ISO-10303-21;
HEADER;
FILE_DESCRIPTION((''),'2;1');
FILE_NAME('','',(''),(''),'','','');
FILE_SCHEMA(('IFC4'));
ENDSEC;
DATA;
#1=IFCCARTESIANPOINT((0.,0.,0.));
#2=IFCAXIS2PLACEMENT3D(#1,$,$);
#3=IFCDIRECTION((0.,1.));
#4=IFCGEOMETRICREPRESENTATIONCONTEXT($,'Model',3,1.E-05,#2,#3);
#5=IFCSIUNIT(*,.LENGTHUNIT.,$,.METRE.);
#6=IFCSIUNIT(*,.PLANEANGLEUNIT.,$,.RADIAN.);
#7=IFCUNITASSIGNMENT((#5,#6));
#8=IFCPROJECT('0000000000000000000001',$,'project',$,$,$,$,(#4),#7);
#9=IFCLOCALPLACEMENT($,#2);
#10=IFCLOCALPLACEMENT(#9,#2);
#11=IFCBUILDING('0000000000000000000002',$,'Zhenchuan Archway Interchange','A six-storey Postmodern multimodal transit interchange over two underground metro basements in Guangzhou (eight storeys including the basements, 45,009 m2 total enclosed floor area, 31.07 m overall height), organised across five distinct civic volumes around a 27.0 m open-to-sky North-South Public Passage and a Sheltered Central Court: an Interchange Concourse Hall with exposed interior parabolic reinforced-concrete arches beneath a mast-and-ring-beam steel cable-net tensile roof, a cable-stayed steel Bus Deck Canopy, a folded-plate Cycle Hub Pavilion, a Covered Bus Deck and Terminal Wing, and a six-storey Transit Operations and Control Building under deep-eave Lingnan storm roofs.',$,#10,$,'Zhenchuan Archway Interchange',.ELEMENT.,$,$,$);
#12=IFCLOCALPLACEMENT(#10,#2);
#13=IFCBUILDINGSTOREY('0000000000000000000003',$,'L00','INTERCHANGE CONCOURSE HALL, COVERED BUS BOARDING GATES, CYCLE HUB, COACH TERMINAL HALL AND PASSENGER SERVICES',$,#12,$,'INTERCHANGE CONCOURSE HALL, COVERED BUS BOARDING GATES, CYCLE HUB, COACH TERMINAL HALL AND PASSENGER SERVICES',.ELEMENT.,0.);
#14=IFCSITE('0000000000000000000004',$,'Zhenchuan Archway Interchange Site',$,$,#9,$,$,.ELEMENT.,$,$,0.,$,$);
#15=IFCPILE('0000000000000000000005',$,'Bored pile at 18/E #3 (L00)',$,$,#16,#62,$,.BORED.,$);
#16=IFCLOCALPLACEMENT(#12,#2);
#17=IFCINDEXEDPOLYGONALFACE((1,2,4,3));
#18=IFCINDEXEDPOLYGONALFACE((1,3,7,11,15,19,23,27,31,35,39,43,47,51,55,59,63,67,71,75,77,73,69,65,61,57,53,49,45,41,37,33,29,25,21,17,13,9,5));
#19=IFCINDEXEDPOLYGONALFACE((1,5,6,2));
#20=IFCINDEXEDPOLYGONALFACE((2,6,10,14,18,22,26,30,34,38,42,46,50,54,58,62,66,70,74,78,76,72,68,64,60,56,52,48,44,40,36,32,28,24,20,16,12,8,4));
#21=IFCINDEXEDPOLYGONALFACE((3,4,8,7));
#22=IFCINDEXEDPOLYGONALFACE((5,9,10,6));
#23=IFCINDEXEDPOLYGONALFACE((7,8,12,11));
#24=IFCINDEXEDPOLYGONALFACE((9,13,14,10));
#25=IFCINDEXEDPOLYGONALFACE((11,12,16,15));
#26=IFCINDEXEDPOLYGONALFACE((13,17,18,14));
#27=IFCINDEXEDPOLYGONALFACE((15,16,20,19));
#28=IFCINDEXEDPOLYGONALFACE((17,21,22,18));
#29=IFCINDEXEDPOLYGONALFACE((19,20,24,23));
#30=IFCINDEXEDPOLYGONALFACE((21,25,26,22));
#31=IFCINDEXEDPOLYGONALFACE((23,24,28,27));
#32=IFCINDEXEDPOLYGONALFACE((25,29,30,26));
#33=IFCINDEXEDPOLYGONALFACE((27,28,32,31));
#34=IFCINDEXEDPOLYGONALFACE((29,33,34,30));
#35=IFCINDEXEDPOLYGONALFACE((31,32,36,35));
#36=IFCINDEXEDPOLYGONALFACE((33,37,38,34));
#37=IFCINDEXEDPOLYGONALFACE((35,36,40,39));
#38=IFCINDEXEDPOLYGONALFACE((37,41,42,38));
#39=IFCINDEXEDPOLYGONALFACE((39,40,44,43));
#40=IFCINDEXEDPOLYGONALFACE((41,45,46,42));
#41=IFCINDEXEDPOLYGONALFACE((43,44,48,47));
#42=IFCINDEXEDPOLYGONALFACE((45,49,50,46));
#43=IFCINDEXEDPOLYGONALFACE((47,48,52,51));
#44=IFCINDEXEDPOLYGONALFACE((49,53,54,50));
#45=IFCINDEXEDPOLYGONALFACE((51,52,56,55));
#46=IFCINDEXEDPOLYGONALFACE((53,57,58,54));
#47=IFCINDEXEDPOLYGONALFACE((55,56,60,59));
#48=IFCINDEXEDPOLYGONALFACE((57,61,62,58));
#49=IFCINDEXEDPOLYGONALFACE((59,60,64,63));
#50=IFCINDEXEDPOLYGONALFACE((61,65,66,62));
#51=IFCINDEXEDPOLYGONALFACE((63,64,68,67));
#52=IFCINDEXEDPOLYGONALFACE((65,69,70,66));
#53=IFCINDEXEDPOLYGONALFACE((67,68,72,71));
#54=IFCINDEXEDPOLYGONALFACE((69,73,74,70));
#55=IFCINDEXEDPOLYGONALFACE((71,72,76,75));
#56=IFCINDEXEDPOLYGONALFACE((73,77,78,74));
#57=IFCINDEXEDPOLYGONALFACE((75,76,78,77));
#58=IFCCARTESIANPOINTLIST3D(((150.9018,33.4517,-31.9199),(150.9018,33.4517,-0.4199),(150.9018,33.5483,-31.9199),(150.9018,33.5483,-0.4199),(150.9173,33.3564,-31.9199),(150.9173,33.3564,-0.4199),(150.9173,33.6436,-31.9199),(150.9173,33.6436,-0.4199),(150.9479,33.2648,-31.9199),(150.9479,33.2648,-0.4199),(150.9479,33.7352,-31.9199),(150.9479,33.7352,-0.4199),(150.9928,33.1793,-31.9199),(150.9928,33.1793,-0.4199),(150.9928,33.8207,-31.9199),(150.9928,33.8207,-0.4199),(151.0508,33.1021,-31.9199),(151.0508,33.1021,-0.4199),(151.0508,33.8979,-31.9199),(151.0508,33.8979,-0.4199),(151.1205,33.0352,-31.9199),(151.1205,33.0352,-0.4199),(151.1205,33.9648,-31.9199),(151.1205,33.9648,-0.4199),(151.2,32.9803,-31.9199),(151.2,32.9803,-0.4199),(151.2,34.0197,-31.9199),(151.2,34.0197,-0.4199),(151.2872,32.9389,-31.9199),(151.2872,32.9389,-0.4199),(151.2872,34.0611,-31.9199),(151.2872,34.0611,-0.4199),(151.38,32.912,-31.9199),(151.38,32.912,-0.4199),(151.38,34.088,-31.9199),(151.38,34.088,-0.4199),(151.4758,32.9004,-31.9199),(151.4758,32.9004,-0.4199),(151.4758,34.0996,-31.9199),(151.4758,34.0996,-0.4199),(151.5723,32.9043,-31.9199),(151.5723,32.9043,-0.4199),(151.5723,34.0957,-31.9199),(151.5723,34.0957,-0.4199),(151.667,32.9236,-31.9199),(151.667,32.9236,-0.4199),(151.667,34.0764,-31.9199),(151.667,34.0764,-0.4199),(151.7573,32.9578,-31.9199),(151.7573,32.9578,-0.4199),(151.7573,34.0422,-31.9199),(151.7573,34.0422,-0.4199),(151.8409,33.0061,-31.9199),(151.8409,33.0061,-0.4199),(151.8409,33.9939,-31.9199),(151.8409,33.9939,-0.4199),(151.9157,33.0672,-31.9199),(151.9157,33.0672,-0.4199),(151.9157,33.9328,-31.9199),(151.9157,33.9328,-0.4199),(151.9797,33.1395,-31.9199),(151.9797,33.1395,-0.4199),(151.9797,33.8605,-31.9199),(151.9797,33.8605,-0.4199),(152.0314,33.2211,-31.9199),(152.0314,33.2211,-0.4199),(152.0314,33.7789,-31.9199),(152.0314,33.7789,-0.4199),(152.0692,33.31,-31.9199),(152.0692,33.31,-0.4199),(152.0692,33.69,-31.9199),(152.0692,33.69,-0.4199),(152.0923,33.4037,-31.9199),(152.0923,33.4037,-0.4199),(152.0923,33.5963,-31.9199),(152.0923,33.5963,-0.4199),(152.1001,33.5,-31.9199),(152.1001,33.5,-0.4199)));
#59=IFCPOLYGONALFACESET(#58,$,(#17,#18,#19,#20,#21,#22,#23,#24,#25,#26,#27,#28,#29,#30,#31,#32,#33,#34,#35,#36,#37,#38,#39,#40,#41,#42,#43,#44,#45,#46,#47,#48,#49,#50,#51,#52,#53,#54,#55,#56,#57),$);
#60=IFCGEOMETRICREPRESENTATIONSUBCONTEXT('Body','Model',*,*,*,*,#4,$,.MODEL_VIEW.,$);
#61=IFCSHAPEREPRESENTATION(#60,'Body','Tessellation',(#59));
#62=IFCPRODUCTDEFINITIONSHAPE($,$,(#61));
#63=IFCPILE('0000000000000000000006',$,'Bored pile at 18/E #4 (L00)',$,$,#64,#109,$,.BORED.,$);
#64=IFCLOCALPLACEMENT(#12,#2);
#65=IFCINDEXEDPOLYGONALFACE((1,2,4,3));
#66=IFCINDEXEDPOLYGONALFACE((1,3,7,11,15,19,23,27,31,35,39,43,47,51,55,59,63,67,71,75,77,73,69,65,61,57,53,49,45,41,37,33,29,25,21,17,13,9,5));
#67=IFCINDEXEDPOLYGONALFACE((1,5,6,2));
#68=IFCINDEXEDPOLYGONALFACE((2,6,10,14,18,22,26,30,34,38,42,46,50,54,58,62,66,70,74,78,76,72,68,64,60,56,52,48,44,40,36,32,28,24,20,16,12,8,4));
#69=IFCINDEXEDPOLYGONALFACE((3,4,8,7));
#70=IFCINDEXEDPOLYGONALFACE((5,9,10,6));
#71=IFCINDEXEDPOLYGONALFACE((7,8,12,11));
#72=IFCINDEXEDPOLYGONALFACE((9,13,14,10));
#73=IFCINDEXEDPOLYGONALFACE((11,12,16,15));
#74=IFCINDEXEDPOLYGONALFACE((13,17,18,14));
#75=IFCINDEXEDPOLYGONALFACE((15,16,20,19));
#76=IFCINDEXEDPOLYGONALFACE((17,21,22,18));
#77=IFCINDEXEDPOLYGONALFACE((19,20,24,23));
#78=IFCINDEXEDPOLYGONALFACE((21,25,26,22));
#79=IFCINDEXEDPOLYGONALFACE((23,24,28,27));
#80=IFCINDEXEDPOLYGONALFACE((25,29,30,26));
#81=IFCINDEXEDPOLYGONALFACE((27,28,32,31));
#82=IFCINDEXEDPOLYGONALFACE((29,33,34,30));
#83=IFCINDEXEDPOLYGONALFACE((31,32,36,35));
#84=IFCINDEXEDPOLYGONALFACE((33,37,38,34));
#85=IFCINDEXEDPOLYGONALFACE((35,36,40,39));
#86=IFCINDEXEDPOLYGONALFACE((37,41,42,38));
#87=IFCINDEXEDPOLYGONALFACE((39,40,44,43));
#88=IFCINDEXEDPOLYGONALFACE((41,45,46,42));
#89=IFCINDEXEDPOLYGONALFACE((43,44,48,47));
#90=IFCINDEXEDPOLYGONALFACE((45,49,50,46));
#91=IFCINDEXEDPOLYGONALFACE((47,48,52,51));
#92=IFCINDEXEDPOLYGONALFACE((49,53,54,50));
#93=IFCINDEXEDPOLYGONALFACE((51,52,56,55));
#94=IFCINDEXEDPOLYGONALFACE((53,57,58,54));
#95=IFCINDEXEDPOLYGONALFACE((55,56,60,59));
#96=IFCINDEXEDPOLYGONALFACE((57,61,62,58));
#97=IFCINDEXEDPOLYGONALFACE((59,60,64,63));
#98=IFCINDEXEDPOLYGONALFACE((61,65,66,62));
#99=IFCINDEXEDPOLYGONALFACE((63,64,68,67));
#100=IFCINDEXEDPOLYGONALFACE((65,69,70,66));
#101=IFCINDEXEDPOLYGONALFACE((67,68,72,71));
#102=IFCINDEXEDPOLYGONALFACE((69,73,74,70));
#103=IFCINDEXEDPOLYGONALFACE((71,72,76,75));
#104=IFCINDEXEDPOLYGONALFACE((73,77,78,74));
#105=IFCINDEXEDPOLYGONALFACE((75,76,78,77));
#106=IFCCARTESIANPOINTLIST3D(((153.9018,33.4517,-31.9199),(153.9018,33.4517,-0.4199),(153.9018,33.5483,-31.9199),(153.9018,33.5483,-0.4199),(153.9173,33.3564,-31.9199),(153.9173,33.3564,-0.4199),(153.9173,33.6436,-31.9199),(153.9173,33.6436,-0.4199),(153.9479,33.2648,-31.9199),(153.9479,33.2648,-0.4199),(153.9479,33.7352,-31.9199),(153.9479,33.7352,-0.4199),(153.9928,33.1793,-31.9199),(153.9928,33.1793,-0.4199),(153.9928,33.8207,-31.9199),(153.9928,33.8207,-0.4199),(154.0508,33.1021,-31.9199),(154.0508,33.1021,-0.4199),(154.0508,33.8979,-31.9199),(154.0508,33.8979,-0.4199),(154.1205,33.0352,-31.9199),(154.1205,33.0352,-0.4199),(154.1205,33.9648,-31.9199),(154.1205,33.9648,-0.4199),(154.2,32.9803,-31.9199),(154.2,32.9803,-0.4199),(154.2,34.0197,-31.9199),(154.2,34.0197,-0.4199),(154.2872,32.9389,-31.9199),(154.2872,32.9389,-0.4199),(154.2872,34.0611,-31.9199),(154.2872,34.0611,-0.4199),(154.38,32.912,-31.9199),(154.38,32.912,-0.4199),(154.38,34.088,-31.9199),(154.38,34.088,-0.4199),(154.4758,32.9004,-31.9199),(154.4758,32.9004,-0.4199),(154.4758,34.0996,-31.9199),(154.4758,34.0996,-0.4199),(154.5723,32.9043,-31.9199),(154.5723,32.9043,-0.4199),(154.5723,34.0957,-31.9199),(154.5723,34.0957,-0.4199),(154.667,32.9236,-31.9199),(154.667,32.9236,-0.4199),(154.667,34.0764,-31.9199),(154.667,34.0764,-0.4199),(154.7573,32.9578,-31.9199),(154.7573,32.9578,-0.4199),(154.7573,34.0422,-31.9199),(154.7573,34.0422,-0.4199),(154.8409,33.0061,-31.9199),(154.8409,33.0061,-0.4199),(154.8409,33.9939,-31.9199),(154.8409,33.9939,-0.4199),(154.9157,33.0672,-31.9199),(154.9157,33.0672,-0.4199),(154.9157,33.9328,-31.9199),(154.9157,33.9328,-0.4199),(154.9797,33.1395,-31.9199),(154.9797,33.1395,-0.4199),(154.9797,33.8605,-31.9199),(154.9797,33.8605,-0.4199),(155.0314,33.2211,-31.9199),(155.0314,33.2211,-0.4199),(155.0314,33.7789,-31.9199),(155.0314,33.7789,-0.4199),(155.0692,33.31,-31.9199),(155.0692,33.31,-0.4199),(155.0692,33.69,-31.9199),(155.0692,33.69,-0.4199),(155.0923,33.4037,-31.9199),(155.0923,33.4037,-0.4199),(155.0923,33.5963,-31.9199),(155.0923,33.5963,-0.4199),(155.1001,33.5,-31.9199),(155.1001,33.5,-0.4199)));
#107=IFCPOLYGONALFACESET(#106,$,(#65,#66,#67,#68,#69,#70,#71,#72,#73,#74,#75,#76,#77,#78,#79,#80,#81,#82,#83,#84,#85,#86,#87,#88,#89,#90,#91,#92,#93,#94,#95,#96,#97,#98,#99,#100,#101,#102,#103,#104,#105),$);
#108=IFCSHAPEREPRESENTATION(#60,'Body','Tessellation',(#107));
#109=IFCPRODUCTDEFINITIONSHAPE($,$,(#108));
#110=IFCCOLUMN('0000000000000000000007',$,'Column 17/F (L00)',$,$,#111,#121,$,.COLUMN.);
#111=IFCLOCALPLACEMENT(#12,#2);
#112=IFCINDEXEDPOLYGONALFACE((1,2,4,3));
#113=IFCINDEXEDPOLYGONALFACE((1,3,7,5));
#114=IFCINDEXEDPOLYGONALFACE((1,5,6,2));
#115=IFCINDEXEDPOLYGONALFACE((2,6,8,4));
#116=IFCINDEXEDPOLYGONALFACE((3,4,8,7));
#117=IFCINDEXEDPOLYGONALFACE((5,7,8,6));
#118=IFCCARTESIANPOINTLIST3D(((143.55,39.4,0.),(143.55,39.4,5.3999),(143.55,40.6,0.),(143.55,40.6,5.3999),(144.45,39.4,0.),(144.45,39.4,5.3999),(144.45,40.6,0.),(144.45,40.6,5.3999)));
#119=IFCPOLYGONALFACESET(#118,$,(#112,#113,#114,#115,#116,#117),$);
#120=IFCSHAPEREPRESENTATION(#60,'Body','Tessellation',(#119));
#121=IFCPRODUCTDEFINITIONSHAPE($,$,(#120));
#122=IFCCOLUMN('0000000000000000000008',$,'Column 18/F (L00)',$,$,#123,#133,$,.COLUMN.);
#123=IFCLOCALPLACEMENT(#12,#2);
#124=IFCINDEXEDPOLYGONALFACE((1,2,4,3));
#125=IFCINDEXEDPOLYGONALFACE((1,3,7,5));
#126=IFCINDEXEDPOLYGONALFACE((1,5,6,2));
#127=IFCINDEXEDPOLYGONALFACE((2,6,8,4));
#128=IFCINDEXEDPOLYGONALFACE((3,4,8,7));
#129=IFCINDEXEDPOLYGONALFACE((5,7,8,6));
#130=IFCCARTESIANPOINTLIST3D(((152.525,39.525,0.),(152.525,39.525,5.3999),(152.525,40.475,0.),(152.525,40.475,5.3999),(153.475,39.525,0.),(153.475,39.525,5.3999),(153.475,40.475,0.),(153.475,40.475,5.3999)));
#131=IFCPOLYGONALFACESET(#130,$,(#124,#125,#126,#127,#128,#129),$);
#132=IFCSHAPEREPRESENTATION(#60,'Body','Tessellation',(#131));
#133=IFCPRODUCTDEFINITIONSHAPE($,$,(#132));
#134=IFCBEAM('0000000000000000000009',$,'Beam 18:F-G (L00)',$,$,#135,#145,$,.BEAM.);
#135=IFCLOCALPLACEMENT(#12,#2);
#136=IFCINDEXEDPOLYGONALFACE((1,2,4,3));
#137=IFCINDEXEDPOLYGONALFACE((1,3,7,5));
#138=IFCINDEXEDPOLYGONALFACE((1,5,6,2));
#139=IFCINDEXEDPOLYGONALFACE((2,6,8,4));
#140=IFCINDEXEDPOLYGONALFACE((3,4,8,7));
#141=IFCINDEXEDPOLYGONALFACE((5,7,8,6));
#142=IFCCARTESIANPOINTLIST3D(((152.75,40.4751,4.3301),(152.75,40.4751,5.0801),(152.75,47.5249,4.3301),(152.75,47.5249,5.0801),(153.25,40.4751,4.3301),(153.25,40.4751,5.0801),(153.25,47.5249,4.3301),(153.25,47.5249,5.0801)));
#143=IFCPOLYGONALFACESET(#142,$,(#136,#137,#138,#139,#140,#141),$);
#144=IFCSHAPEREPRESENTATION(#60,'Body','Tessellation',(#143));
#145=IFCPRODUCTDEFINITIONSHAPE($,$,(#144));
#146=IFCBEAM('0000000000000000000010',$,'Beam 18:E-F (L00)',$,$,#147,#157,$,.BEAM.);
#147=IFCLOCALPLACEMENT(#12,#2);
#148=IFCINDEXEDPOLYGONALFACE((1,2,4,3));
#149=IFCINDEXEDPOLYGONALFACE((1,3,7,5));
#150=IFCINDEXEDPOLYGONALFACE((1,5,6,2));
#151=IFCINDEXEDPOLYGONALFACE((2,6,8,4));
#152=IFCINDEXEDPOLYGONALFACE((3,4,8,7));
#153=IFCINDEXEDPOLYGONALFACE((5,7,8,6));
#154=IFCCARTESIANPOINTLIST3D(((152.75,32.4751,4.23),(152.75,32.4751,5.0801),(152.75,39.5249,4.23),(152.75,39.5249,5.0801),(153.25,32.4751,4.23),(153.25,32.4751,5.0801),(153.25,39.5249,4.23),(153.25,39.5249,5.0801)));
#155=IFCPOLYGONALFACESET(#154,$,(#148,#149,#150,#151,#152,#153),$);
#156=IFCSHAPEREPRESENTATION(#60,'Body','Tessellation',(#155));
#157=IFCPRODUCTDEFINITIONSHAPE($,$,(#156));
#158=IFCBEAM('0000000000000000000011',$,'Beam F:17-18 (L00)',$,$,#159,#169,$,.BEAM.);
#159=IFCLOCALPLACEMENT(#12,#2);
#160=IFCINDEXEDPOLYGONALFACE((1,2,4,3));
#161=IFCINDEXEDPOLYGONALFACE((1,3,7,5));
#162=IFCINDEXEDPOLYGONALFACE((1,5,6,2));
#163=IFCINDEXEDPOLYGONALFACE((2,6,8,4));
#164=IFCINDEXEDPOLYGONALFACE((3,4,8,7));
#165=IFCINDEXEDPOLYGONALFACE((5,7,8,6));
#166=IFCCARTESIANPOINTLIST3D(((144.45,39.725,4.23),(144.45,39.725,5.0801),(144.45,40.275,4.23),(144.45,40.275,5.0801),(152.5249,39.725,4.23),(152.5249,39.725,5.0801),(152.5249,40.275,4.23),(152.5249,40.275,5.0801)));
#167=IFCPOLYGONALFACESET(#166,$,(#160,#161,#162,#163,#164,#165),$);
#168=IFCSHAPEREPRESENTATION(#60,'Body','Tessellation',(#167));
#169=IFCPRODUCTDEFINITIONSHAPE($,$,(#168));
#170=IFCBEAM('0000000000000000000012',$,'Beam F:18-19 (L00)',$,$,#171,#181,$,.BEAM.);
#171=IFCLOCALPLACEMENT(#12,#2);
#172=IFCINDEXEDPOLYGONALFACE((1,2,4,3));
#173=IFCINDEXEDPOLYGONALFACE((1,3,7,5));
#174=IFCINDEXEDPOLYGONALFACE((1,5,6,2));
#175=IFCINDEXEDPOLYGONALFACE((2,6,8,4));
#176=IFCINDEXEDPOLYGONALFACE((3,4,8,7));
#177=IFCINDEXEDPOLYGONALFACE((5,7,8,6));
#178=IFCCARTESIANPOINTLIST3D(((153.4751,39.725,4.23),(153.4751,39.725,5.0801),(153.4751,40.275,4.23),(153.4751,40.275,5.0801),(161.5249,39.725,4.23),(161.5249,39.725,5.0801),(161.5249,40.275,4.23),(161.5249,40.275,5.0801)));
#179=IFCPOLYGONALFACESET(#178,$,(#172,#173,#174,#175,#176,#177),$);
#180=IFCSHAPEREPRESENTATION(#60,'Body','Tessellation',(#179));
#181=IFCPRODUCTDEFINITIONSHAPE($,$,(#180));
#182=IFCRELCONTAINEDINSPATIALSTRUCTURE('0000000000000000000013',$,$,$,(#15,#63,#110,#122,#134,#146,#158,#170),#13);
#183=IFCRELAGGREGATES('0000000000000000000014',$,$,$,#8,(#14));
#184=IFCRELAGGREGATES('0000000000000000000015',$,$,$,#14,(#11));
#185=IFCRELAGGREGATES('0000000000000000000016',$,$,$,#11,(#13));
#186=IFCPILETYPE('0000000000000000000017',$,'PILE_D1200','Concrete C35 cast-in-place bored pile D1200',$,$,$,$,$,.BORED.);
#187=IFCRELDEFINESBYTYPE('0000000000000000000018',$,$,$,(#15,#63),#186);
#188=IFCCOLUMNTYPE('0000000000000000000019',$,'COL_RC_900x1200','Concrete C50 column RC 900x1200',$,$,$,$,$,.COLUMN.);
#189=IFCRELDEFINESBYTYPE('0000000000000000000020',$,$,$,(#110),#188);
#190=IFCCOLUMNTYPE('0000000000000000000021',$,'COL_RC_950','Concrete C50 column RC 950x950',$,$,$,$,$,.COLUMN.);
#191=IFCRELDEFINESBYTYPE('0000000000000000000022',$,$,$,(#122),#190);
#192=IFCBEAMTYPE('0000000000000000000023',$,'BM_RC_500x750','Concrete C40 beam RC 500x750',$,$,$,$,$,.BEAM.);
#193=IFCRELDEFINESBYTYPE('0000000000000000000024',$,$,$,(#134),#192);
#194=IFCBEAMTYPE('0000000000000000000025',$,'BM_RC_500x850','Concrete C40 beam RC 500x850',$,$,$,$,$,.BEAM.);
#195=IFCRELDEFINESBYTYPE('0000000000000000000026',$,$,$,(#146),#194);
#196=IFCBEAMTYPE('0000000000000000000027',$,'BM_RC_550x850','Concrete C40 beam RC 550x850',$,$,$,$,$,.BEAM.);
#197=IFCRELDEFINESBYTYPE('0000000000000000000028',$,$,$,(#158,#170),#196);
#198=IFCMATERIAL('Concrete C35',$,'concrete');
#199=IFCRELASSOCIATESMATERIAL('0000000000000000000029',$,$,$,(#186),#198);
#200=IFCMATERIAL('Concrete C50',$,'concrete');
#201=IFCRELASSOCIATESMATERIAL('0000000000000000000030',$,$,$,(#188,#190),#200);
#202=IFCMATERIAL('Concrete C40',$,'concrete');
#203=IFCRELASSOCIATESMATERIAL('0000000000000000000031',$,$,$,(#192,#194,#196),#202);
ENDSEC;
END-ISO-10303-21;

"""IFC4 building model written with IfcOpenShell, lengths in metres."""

from ifc_helpers import new_model, si_unit, direction, frame, origin, origin_2d, place, context, subcontext, project, spatial, rectangle, circle, extrude, material, material_profile, profile_set, type_object, element, save


model = new_model("IFC4")

# Units and contexts
model_context = context("Model", 3, precision=1e-05, world=origin(), true_north=direction((0.0, 1.0)))
body_context = subcontext(model_context, "Body", "Model", "MODEL_VIEW")
ifc_project = project(units=[si_unit("LENGTHUNIT", "METRE"), si_unit("PLANEANGLEUNIT", "RADIAN")], contexts=[model_context])

# Site, building, storey
site_placement = place(None, origin())
site = spatial("IfcSite", under=ifc_project, at=site_placement, Name="Zhenchuan Archway Interchange Site", CompositionType="ELEMENT", RefElevation=0.0)
building_placement = place(site_placement, origin())
building = spatial("IfcBuilding", under=site, at=building_placement, Name="Zhenchuan Archway Interchange", Description="A six-storey Postmodern multimodal transit interchange over two underground metro basements in Guangzhou (eight storeys including the basements, 45,009 m2 total enclosed floor area, 31.07 m overall height), organised across five distinct civic volumes around a 27.0 m open-to-sky North-South Public Passage and a Sheltered Central Court: an Interchange Concourse Hall with exposed interior parabolic reinforced-concrete arches beneath a mast-and-ring-beam steel cable-net tensile roof, a cable-stayed steel Bus Deck Canopy, a folded-plate Cycle Hub Pavilion, a Covered Bus Deck and Terminal Wing, and a six-storey Transit Operations and Control Building under deep-eave Lingnan storm roofs.", LongName="Zhenchuan Archway Interchange", CompositionType="ELEMENT")
storey_placement = place(building_placement, origin())
storey = spatial("IfcBuildingStorey", under=building, at=storey_placement, Name="L00", Description="INTERCHANGE CONCOURSE HALL, COVERED BUS BOARDING GATES, CYCLE HUB, COACH TERMINAL HALL AND PASSENGER SERVICES", LongName="INTERCHANGE CONCOURSE HALL, COVERED BUS BOARDING GATES, CYCLE HUB, COACH TERMINAL HALL AND PASSENGER SERVICES", CompositionType="ELEMENT", Elevation=0.0)

# Piles
ifc_material_1 = material(Name="Concrete C35", Category="concrete")
ifc_material_profile_1 = material_profile(ifc_material_1, circle(Radius=0.6001, at=origin_2d()), Name="BORED PILE 1200")
ifc_profile_set_1 = profile_set([ifc_material_profile_1], Name="Concrete C35")
pile_type = type_object("IfcPileType", Name="PILE_D1200", Description="Concrete C35 cast-in-place bored pile D1200", PredefinedType="BORED", material=ifc_profile_set_1)
for number, where, z_axis, x_axis, name in (
    (1, (151.5, 33.5, -0.4199), (0.0, 0.0, -1.0), (1.0, 0.0, 0.0), "Bored pile at 18/E #3 (L00)"),
    (2, (154.5, 33.5, -0.4199), (0.0, 0.0, -1.0), (1.0, 0.0, 0.0), "Bored pile at 18/E #4 (L00)"),
):
    element("IfcPile", number, at=place(storey_placement, frame(where, z_axis=z_axis, x_axis=x_axis)), inside=storey, type_object=pile_type, Name=name, PredefinedType="BORED", context=body_context, shape_type="SweptSolid", body=[
        extrude(circle(Radius=0.6001, at=origin_2d()), origin(), (0.0, 0.0, 1.0), 31.5),
    ])

# Columns
ifc_material_2 = material(Name="Concrete C50", Category="concrete")
ifc_material_profile_2 = material_profile(ifc_material_2, rectangle(XDim=0.8999, YDim=1.2, at=origin_2d()), Name="RC 900x1200")
ifc_profile_set_2 = profile_set([ifc_material_profile_2], Name="Concrete C50")
column_type_1 = type_object("IfcColumnType", Name="COL_RC_900x1200", Description="Concrete C50 column RC 900x1200", PredefinedType="COLUMN", material=ifc_profile_set_2)
column_1_placement = place(storey_placement, frame((144.0, 40.0, 0.0), z_axis=(0.0, 0.0, 1.0), x_axis=(1.0, 0.0, 0.0)))
element("IfcColumn", 3, at=column_1_placement, inside=storey, type_object=column_type_1, Name="Column 17/F (L00)", PredefinedType="COLUMN", context=body_context, shape_type="SweptSolid", body=[
    extrude(rectangle(XDim=0.8999, YDim=1.2, at=origin_2d()), origin(), (0.0, 0.0, 1.0), 5.3999),
])
ifc_material_profile_3 = material_profile(ifc_material_2, rectangle(XDim=0.95, YDim=0.95, at=origin_2d()), Name="RC 950x950")
ifc_profile_set_3 = profile_set([ifc_material_profile_3], Name="Concrete C50")
column_type_2 = type_object("IfcColumnType", Name="COL_RC_950", Description="Concrete C50 column RC 950x950", PredefinedType="COLUMN", material=ifc_profile_set_3)
column_2_placement = place(storey_placement, frame((153.0, 40.0, 0.0), z_axis=(0.0, 0.0, 1.0), x_axis=(1.0, 0.0, 0.0)))
element("IfcColumn", 4, at=column_2_placement, inside=storey, type_object=column_type_2, Name="Column 18/F (L00)", PredefinedType="COLUMN", context=body_context, shape_type="SweptSolid", body=[
    extrude(rectangle(XDim=0.95, YDim=0.95, at=origin_2d()), origin(), (0.0, 0.0, 1.0), 5.3999),
])

# Beams
ifc_material_3 = material(Name="Concrete C40", Category="concrete")
ifc_material_profile_4 = material_profile(ifc_material_3, rectangle(XDim=0.5, YDim=0.75, at=origin_2d()), Name="RC 500x750")
ifc_profile_set_4 = profile_set([ifc_material_profile_4], Name="Concrete C40")
beam_type_1 = type_object("IfcBeamType", Name="BM_RC_500x750", Description="Concrete C40 beam RC 500x750", PredefinedType="BEAM", material=ifc_profile_set_4)
beam_1_placement = place(storey_placement, frame((153.0, 40.4751, 4.7051), z_axis=(0.0, 1.0, 0.0), x_axis=(-1.0, 0.0, 0.0)))
element("IfcBeam", 5, at=beam_1_placement, inside=storey, type_object=beam_type_1, Name="Beam 18:F-G (L00)", PredefinedType="BEAM", context=body_context, shape_type="SweptSolid", body=[
    extrude(rectangle(XDim=0.5, YDim=0.75, at=origin_2d()), origin(), (0.0, 0.0, 1.0), 7.0498),
])
ifc_material_profile_5 = material_profile(ifc_material_3, rectangle(XDim=0.5, YDim=0.8501, at=origin_2d()), Name="RC 500x850")
ifc_profile_set_5 = profile_set([ifc_material_profile_5], Name="Concrete C40")
beam_type_2 = type_object("IfcBeamType", Name="BM_RC_500x850", Description="Concrete C40 beam RC 500x850", PredefinedType="BEAM", material=ifc_profile_set_5)
beam_2_placement = place(storey_placement, frame((153.0, 32.4751, 4.655), z_axis=(0.0, 1.0, 0.0), x_axis=(-1.0, 0.0, 0.0)))
element("IfcBeam", 6, at=beam_2_placement, inside=storey, type_object=beam_type_2, Name="Beam 18:E-F (L00)", PredefinedType="BEAM", context=body_context, shape_type="SweptSolid", body=[
    extrude(rectangle(XDim=0.5, YDim=0.8501, at=origin_2d()), origin(), (0.0, 0.0, 1.0), 7.0498),
])
ifc_material_profile_6 = material_profile(ifc_material_3, rectangle(XDim=0.55, YDim=0.8501, at=origin_2d()), Name="RC 550x850")
ifc_profile_set_6 = profile_set([ifc_material_profile_6], Name="Concrete C40")
beam_type_3 = type_object("IfcBeamType", Name="BM_RC_550x850", Description="Concrete C40 beam RC 550x850", PredefinedType="BEAM", material=ifc_profile_set_6)
beam_3_placement = place(storey_placement, frame((144.45, 40.0, 4.655), z_axis=(1.0, 0.0, 0.0), x_axis=(0.0, 1.0, 0.0)))
element("IfcBeam", 7, at=beam_3_placement, inside=storey, type_object=beam_type_3, Name="Beam F:17-18 (L00)", PredefinedType="BEAM", context=body_context, shape_type="SweptSolid", body=[
    extrude(rectangle(XDim=0.55, YDim=0.8501, at=origin_2d()), origin(), (0.0, 0.0, 1.0), 8.075),
])
beam_4_placement = place(storey_placement, frame((153.4751, 40.0, 4.655), z_axis=(1.0, 0.0, 0.0), x_axis=(0.0, 1.0, 0.0)))
element("IfcBeam", 8, at=beam_4_placement, inside=storey, type_object=beam_type_3, Name="Beam F:18-19 (L00)", PredefinedType="BEAM", context=body_context, shape_type="SweptSolid", body=[
    extrude(rectangle(XDim=0.55, YDim=0.8501, at=origin_2d()), origin(), (0.0, 0.0, 1.0), 8.0498),
])

save(model, "model.ifc")
